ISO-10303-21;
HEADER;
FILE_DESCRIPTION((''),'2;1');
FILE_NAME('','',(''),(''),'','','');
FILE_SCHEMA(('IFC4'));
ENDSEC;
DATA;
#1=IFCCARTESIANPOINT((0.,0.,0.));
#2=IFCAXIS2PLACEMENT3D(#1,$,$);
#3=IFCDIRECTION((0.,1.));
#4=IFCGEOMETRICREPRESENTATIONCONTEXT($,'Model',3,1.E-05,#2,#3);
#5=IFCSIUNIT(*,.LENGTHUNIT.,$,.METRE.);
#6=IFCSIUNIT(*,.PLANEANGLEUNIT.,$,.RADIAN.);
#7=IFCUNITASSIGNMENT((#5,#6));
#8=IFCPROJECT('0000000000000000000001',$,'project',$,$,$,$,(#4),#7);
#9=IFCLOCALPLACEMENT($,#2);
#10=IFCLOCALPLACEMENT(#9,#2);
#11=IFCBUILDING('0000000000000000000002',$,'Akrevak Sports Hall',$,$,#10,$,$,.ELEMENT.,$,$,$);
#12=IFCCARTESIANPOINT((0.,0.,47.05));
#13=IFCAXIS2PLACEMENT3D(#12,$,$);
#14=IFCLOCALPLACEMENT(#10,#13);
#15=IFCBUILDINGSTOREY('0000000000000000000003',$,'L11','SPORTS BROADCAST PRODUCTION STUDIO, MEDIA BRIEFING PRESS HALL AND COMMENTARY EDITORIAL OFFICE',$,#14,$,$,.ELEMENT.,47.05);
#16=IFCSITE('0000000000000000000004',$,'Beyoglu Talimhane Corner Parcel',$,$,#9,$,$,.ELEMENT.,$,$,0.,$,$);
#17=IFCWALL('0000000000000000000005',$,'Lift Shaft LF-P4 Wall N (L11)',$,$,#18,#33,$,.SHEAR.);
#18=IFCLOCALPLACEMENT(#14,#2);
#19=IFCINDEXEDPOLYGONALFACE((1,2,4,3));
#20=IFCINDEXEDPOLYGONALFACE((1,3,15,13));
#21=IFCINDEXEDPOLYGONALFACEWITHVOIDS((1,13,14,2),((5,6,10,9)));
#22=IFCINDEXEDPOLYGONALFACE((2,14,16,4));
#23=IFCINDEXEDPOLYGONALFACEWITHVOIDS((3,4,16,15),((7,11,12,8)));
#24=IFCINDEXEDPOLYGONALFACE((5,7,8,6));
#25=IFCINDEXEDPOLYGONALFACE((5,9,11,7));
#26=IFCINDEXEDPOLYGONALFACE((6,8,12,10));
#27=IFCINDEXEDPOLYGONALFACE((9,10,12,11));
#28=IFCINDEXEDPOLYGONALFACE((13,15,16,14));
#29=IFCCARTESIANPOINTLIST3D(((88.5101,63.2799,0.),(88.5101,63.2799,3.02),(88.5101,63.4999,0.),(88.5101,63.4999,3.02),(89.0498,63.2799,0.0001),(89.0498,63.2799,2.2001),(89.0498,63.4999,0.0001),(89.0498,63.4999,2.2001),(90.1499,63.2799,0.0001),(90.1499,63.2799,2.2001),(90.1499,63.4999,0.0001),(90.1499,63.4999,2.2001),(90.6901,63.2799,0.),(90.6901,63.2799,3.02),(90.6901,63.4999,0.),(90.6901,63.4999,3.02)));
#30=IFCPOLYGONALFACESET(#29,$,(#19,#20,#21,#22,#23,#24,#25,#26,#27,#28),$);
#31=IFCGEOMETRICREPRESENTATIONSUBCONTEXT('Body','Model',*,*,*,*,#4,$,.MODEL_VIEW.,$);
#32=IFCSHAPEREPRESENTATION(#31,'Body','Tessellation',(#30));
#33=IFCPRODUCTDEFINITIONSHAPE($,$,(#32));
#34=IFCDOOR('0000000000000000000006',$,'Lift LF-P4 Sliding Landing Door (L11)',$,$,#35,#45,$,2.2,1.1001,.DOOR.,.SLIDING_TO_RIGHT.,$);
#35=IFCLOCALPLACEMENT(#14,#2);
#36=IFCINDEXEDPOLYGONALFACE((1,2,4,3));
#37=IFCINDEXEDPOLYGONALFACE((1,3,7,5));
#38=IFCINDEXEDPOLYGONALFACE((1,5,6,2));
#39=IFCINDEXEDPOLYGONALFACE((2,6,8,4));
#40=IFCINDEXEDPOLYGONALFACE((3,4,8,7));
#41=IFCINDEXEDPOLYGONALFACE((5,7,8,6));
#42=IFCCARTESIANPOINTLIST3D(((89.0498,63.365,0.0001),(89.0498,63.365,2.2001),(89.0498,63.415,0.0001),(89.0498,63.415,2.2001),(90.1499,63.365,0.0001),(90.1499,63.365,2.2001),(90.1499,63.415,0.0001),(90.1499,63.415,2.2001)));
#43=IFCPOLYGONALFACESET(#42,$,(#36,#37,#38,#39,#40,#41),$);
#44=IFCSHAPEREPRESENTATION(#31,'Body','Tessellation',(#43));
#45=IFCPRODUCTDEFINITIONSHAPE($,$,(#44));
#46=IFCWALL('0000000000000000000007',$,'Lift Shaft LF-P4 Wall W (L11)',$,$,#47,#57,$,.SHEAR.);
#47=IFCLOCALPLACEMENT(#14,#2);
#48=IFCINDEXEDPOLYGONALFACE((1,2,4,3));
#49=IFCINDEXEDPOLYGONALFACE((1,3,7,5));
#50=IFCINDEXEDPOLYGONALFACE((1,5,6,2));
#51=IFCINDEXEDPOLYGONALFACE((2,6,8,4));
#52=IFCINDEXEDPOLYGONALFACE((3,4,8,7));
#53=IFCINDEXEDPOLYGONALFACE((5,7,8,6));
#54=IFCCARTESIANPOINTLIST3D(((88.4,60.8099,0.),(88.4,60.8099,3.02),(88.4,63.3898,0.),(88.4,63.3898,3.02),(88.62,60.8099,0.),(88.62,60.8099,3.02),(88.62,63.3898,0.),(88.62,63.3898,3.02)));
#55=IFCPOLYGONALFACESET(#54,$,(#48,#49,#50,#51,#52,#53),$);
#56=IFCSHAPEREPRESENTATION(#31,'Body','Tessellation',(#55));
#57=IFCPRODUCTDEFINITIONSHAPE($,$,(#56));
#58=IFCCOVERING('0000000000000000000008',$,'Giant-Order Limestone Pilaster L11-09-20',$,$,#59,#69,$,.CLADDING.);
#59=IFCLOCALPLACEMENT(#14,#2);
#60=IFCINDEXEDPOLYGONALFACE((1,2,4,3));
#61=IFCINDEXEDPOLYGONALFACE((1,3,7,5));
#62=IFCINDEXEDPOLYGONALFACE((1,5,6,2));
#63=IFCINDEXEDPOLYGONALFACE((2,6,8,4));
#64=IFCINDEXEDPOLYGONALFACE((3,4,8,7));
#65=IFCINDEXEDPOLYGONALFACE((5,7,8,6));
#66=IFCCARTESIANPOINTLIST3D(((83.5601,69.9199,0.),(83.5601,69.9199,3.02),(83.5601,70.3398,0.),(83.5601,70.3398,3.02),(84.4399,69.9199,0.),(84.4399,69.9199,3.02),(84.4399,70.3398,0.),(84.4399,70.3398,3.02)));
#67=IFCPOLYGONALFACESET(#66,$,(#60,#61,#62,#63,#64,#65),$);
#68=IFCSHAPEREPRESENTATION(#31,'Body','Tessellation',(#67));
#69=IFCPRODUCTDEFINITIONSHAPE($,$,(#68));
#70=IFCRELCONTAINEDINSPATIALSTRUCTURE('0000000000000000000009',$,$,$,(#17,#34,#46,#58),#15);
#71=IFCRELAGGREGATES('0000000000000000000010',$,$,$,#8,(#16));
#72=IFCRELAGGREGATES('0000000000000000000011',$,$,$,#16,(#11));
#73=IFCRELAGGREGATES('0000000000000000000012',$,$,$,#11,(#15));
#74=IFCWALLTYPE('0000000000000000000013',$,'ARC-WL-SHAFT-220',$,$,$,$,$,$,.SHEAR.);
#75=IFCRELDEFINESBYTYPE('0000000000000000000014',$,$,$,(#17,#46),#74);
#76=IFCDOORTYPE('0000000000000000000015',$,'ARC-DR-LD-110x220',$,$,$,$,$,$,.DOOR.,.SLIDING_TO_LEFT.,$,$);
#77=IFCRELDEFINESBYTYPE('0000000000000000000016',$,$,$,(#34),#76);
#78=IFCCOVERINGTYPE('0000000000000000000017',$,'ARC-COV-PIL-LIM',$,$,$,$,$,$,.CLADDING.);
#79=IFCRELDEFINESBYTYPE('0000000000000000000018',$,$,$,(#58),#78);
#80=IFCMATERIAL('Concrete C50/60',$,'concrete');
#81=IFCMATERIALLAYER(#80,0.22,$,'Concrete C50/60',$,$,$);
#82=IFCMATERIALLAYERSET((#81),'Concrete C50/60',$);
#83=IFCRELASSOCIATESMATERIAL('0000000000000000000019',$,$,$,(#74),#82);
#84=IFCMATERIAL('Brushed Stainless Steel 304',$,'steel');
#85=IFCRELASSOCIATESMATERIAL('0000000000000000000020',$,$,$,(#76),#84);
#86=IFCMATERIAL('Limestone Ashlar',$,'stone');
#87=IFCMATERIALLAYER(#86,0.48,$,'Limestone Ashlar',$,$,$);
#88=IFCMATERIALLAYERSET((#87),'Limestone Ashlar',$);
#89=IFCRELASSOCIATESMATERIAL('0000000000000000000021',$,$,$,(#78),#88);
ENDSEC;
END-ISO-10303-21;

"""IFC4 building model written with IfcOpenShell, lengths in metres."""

from ifc_helpers import new_model, si_unit, direction, frame, frame_2d, origin, origin_2d, place, context, subcontext, project, spatial, rectangle, extrude, material, layer, layer_set, type_object, element, fill, save


model = new_model("IFC4")

# Units and contexts
model_context = context("Model", 3, precision=1e-05, world=origin(), true_north=direction((0.0, 1.0)))
body_context = subcontext(model_context, "Body", "Model", "MODEL_VIEW")
ifc_project = project(units=[si_unit("LENGTHUNIT", "METRE"), si_unit("PLANEANGLEUNIT", "RADIAN")], contexts=[model_context])

# Site, building, storey
site_placement = place(None, origin())
site = spatial("IfcSite", under=ifc_project, at=site_placement, Name="Beyoglu Talimhane Corner Parcel", CompositionType="ELEMENT", RefElevation=0.0)
building_placement = place(site_placement, origin())
building = spatial("IfcBuilding", under=site, at=building_placement, Name="Akrevak Sports Hall", CompositionType="ELEMENT")
storey_placement = place(building_placement, frame((0.0, 0.0, 47.05)))
storey = spatial("IfcBuildingStorey", under=building, at=storey_placement, Name="L11", Description="SPORTS BROADCAST PRODUCTION STUDIO, MEDIA BRIEFING PRESS HALL AND COMMENTARY EDITORIAL OFFICE", CompositionType="ELEMENT", Elevation=47.05)

# Wall, opening, door
ifc_material_1 = material(Name="Concrete C50/60", Category="concrete")
ifc_layer_1 = layer(ifc_material_1, 0.22, Name="Concrete C50/60")
ifc_layer_set_1 = layer_set([ifc_layer_1], Name="Concrete C50/60")
wall_type_1 = type_object("IfcWallType", Name="ARC-WL-SHAFT-220", PredefinedType="SHEAR", material=ifc_layer_set_1)
wall_1_placement = place(storey_placement, frame((90.6899, 63.3899, 0.0), z_axis=(0.0, 0.0, 1.0), x_axis=(-1.0, 0.0, 0.0)))
wall_1 = element("IfcWall", 1, at=wall_1_placement, inside=storey, type_object=wall_type_1, Name="Lift Shaft LF-P4 Wall N (L11)", PredefinedType="SHEAR", context=body_context, shape_type="SweptSolid", body=[
    extrude(rectangle(XDim=2.1799, YDim=0.22, at=frame_2d((1.0898, 0.0))), origin(), (0.0, 0.0, 1.0), 3.02),
])
opening_1_placement = place(wall_1_placement, frame((0.54, 0.0, 0.0)))
opening_1 = element("IfcOpeningElement", 2, at=opening_1_placement, cuts=wall_1, PredefinedType="OPENING", context=body_context, shape_type="SweptSolid", body=[
    extrude(rectangle(XDim=1.1001, YDim=2.2, at=frame_2d((0.55, 1.1001))), frame((0.0, 0.1221, 0.0), z_axis=(0.0, -1.0, 0.0), x_axis=(1.0, 0.0, 0.0)), (0.0, 0.0, 1.0), 0.2439),
])
ifc_material_2 = material(Name="Brushed Stainless Steel 304", Category="steel")
door_type_1 = type_object("IfcDoorType", Name="ARC-DR-LD-110x220", OperationType="SLIDING_TO_LEFT", PredefinedType="DOOR", material=ifc_material_2)
door_1_placement = place(opening_1_placement, origin())
door_1 = element("IfcDoor", 3, at=door_1_placement, inside=storey, type_object=door_type_1, Name="Lift LF-P4 Sliding Landing Door (L11)", OperationType="SLIDING_TO_RIGHT", OverallHeight=2.2, OverallWidth=1.1001, PredefinedType="DOOR", context=body_context, shape_type="SweptSolid", body=[
    extrude(rectangle(XDim=1.1001, YDim=2.2, at=frame_2d((0.55, 1.1001))), frame((0.0, 0.0249, 0.0), z_axis=(0.0, -1.0, 0.0), x_axis=(1.0, 0.0, 0.0)), (0.0, 0.0, 1.0), 0.05),
])
fill(opening_1, door_1)

# Wall
wall_2_placement = place(storey_placement, frame((88.51, 63.3899, 0.0), z_axis=(0.0, 0.0, 1.0), x_axis=(0.0, -1.0, 0.0)))
element("IfcWall", 4, at=wall_2_placement, inside=storey, type_object=wall_type_1, Name="Lift Shaft LF-P4 Wall W (L11)", PredefinedType="SHEAR", context=body_context, shape_type="SweptSolid", body=[
    extrude(rectangle(XDim=2.5798, YDim=0.22, at=frame_2d((1.29, 0.0))), origin(), (0.0, 0.0, 1.0), 3.02),
])

# Covering
ifc_material_3 = material(Name="Limestone Ashlar", Category="stone")
ifc_layer_2 = layer(ifc_material_3, 0.48, Name="Limestone Ashlar")
ifc_layer_set_2 = layer_set([ifc_layer_2], Name="Limestone Ashlar")
covering_type = type_object("IfcCoveringType", Name="ARC-COV-PIL-LIM", PredefinedType="CLADDING", material=ifc_layer_set_2)
covering_placement = place(storey_placement, frame((84.0, 70.1299, 0.0), z_axis=(0.0, 0.0, 1.0), x_axis=(-1.0, 0.0, 0.0)))
element("IfcCovering", 5, at=covering_placement, inside=storey, type_object=covering_type, Name="Giant-Order Limestone Pilaster L11-09-20", PredefinedType="CLADDING", context=body_context, shape_type="SweptSolid", body=[
    extrude(rectangle(XDim=0.8799, YDim=0.4199, at=origin_2d()), origin(), (0.0, 0.0, 1.0), 3.02),
])

save(model, "model.ifc")
